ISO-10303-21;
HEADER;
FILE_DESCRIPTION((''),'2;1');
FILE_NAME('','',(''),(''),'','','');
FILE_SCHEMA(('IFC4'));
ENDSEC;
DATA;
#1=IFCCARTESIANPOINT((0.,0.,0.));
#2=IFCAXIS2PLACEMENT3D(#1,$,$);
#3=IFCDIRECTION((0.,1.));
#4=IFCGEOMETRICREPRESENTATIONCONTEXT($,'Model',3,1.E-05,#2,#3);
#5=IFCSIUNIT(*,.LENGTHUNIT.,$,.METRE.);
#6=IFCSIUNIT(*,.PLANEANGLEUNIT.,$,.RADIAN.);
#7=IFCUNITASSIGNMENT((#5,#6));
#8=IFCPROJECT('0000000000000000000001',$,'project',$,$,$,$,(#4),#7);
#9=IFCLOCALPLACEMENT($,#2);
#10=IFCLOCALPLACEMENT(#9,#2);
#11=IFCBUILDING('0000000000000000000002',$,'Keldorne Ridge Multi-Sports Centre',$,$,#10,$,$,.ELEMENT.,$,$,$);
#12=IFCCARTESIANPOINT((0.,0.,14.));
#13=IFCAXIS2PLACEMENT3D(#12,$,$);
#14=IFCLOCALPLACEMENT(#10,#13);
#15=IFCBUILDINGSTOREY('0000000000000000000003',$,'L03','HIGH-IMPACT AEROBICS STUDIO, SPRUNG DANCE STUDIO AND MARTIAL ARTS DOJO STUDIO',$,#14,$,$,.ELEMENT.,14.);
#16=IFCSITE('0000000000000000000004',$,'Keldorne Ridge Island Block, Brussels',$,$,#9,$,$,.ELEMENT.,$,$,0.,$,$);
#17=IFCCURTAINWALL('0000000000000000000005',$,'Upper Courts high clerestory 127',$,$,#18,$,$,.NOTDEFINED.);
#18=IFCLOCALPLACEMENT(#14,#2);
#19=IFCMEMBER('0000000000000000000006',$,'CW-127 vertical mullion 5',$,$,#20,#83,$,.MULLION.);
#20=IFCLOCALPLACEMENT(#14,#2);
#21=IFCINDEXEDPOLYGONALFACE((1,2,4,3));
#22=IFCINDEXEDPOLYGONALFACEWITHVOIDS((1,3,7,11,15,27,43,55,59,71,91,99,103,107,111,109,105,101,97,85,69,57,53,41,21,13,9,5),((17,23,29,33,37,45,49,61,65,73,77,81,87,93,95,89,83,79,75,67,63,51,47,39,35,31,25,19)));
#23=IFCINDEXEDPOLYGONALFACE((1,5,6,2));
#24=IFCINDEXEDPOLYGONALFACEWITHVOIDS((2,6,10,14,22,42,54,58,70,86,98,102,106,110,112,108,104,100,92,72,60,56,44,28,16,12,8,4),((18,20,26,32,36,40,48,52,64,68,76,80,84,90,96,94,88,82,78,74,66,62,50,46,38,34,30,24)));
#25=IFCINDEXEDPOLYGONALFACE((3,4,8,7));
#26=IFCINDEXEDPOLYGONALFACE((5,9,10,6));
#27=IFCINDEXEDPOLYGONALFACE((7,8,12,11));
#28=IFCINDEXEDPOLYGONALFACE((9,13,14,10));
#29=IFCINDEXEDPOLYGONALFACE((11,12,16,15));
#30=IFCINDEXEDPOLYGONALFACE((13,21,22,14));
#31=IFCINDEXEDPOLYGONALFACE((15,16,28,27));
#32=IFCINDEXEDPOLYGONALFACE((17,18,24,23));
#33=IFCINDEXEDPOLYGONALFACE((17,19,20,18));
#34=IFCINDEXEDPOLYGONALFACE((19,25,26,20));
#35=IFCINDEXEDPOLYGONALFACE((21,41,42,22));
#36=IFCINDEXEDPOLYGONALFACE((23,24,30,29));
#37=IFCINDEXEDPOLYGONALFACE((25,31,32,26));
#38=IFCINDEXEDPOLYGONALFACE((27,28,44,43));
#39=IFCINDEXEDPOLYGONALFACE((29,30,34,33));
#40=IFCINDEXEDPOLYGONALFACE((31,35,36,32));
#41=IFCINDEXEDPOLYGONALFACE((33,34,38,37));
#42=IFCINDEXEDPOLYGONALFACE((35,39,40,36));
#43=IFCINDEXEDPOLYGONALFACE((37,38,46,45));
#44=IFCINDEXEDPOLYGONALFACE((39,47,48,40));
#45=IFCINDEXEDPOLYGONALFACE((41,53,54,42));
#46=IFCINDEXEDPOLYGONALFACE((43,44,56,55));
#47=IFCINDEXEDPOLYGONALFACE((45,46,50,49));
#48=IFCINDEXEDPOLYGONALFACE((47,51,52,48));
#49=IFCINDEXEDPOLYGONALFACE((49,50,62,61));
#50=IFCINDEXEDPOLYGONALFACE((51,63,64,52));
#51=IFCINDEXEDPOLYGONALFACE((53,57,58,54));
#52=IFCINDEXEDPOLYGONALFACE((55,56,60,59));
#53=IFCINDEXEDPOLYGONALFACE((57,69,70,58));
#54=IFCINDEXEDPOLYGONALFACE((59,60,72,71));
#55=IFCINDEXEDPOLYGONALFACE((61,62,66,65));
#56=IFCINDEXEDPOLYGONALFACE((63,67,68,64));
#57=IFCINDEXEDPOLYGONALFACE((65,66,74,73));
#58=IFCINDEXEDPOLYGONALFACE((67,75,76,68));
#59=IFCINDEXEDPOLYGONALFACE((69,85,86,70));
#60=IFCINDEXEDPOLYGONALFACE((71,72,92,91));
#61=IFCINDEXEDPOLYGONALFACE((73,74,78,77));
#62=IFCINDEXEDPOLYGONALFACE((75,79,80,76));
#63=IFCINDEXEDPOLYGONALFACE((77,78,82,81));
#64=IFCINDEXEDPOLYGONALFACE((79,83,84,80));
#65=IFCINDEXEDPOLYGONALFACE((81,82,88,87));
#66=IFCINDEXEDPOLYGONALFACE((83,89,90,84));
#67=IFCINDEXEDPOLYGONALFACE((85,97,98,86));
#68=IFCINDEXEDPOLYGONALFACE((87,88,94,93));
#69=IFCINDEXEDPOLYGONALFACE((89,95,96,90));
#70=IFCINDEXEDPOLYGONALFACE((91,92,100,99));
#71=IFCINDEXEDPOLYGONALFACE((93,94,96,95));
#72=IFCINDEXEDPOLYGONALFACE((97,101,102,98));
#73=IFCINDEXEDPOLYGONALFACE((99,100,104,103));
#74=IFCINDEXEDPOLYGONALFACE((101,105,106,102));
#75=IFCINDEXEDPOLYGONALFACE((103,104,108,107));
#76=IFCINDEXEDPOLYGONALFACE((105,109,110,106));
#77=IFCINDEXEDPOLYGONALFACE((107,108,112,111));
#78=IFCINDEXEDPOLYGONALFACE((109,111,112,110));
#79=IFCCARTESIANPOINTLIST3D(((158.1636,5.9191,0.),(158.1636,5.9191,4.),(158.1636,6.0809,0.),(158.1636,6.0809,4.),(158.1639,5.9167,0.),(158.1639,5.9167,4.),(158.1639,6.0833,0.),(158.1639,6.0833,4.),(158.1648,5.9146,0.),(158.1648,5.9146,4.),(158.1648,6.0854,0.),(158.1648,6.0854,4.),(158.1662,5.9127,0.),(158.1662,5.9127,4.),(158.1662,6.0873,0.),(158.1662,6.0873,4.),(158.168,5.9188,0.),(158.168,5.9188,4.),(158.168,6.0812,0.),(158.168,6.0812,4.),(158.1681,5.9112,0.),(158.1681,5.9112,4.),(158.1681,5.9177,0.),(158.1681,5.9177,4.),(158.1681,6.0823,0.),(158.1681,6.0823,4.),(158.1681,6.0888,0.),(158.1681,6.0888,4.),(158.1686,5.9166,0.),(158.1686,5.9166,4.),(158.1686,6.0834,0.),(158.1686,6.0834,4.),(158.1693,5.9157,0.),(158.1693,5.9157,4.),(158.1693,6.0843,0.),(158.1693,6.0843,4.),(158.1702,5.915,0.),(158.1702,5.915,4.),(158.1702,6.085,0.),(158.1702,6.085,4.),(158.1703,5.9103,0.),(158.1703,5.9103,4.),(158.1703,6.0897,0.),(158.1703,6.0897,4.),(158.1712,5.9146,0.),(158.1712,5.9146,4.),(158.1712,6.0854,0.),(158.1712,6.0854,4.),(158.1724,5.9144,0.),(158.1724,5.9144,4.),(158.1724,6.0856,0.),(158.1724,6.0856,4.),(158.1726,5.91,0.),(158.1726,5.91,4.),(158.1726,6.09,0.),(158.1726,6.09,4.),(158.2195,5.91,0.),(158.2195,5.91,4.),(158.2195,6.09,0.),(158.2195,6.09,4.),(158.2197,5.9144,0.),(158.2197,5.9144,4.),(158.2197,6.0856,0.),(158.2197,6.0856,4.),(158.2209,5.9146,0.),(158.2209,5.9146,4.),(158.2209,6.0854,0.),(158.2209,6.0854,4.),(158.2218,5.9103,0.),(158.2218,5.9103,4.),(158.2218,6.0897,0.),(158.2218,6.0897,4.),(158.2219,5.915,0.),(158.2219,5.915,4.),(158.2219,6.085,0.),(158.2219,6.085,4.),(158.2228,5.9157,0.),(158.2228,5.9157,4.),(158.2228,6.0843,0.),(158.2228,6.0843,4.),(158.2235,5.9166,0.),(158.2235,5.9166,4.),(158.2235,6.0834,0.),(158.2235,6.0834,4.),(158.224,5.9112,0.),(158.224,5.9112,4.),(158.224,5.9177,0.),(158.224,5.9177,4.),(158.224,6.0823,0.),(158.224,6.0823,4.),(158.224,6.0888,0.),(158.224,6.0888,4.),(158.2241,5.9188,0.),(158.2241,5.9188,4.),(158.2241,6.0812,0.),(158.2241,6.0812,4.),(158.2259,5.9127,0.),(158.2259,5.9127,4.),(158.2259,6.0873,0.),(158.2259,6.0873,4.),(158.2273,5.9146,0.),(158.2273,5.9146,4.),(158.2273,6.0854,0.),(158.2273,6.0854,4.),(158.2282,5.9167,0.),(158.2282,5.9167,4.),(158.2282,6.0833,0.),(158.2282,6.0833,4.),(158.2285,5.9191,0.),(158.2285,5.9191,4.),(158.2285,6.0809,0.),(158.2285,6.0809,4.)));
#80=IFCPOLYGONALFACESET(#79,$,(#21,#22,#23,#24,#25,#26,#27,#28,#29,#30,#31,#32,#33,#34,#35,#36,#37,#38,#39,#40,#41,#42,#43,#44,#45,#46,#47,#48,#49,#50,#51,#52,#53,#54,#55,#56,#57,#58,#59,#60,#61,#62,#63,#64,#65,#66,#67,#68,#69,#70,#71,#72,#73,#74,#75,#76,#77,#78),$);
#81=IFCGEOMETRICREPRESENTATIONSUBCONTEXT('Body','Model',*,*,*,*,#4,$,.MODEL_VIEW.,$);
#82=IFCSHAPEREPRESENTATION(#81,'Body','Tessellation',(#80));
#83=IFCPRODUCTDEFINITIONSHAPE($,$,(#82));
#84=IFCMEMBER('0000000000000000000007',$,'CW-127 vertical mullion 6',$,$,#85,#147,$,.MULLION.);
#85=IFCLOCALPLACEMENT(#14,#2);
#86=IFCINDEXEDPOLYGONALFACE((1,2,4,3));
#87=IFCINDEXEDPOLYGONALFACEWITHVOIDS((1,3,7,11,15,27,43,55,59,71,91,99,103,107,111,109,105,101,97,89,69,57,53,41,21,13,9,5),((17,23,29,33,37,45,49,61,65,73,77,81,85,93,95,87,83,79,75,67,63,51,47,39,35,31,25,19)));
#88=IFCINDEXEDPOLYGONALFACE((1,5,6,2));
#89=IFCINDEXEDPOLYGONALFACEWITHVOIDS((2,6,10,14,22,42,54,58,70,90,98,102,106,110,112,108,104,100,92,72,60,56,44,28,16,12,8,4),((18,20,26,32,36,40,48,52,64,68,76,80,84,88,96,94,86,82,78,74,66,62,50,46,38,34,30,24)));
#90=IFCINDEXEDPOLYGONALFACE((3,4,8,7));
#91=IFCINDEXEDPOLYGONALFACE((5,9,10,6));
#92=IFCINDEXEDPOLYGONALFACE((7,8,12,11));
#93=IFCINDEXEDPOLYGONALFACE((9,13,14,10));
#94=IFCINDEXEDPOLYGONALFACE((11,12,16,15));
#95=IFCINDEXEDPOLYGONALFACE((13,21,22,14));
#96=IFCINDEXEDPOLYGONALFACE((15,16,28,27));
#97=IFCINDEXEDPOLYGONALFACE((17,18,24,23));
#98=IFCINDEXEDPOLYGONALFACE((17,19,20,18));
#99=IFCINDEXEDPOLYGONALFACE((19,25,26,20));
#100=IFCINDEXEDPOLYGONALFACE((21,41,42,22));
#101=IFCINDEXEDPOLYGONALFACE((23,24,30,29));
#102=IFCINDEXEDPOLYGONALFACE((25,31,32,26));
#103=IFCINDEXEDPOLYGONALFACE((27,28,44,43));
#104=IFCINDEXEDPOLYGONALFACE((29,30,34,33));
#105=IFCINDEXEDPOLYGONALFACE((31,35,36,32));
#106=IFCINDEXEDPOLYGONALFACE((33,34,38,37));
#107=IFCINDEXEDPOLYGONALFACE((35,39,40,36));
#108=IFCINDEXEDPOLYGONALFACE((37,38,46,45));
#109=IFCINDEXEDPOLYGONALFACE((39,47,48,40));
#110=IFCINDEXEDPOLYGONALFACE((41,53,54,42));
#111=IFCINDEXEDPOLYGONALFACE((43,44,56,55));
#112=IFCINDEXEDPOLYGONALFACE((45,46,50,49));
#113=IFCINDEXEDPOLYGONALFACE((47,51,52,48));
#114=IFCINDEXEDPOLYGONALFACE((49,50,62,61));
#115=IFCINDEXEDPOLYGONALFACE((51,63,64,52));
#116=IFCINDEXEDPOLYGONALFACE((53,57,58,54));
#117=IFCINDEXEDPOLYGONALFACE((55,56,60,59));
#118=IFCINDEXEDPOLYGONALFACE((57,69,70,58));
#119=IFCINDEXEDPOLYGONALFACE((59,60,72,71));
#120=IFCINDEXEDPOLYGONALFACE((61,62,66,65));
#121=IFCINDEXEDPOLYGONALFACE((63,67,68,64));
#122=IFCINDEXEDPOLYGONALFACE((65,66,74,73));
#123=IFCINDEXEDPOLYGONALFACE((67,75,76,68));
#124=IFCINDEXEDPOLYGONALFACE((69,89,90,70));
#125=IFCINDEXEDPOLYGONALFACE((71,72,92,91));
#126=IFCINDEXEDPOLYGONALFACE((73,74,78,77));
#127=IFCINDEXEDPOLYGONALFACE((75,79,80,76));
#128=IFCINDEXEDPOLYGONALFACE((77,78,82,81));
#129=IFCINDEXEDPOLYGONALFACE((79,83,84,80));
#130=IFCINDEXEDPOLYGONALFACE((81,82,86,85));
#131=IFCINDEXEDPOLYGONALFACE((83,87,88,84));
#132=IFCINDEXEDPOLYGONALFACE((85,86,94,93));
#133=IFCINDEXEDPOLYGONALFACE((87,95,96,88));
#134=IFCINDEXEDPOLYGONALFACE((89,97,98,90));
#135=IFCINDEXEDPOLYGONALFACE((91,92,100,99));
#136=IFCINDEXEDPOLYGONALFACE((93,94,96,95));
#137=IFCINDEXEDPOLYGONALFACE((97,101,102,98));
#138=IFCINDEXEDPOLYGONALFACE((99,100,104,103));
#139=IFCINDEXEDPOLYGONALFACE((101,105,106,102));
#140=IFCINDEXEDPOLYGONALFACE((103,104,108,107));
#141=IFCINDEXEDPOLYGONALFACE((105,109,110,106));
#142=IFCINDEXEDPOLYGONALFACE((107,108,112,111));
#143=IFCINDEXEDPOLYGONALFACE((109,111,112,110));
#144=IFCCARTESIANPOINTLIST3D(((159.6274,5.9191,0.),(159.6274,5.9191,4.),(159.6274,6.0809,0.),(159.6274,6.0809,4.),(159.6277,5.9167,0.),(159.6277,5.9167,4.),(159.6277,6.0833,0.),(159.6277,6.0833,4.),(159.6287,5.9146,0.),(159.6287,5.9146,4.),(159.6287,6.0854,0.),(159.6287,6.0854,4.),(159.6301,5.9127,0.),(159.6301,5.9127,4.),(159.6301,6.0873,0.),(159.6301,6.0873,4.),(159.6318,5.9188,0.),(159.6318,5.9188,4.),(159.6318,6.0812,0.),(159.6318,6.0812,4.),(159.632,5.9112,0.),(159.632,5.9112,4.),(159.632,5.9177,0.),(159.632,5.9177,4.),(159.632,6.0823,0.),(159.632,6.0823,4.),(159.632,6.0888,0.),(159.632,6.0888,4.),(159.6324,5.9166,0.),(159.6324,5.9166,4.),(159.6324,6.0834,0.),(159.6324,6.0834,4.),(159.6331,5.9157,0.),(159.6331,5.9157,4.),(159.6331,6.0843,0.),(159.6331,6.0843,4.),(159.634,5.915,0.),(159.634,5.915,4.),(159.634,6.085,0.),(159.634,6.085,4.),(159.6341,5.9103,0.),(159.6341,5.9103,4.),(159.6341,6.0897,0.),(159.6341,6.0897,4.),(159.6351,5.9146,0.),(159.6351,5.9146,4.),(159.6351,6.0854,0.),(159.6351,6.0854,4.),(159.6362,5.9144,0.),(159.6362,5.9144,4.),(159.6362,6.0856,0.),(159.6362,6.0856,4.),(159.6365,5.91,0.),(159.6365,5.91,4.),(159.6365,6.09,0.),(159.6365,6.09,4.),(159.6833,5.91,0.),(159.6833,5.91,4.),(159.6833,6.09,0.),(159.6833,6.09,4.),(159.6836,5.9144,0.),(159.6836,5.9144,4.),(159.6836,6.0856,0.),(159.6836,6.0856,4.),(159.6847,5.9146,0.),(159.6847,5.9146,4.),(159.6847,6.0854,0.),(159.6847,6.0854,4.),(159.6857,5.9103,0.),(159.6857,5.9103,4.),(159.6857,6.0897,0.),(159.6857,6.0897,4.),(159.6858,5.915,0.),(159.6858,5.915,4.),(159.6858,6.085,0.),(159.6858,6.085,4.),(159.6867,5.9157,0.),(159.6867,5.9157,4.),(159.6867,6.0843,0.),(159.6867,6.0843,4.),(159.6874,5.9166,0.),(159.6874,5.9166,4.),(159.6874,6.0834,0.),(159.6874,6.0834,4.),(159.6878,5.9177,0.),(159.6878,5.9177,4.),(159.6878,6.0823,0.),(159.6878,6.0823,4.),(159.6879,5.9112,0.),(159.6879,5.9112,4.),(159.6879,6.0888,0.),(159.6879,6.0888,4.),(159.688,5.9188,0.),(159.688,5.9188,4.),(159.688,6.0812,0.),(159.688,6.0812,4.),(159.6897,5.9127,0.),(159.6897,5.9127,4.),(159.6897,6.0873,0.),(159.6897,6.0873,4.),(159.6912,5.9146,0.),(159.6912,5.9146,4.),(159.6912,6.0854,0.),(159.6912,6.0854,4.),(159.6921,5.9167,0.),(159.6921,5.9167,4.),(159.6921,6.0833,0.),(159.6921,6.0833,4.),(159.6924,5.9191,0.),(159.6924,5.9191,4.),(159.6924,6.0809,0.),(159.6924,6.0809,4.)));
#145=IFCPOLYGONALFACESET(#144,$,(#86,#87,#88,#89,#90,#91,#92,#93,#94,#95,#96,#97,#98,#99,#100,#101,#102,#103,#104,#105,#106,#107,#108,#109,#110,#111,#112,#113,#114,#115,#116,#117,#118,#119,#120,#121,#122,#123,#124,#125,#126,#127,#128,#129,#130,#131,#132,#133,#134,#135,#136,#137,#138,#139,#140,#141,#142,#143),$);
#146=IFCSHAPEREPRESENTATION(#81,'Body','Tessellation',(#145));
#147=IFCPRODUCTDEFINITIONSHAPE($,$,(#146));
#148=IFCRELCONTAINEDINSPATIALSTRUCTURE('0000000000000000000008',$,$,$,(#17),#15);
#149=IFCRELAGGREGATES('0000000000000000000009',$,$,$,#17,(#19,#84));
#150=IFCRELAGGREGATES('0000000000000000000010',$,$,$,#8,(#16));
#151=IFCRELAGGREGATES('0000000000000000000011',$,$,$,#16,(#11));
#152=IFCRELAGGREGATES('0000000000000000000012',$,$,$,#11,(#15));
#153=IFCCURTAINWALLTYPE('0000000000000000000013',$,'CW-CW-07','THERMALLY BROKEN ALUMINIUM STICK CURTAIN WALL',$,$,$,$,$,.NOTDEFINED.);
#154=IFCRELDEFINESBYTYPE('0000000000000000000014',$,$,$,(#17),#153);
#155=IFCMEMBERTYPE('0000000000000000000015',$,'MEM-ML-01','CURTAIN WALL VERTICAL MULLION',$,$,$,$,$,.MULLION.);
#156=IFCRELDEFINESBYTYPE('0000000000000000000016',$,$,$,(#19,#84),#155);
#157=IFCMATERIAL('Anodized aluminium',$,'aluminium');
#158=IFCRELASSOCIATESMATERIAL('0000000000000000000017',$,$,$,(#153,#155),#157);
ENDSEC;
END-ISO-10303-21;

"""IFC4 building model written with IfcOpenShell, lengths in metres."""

from ifc_helpers import new_model, si_unit, direction, frame, origin, origin_2d, place, context, subcontext, project, spatial, hollow_rectangle, extrude, material, material_profile, profile_set, type_object, element, aggregate, save


model = new_model("IFC4")

# Units and contexts
model_context = context("Model", 3, precision=1e-05, world=origin(), true_north=direction((0.0, 1.0)))
body_context = subcontext(model_context, "Body", "Model", "MODEL_VIEW")
ifc_project = project(units=[si_unit("LENGTHUNIT", "METRE"), si_unit("PLANEANGLEUNIT", "RADIAN")], contexts=[model_context])

# Site, building, storey
site_placement = place(None, origin())
site = spatial("IfcSite", under=ifc_project, at=site_placement, Name="Keldorne Ridge Island Block, Brussels", CompositionType="ELEMENT", RefElevation=0.0)
building_placement = place(site_placement, origin())
building = spatial("IfcBuilding", under=site, at=building_placement, Name="Keldorne Ridge Multi-Sports Centre", CompositionType="ELEMENT")
storey_placement = place(building_placement, frame((0.0, 0.0, 14.0)))
storey = spatial("IfcBuildingStorey", under=building, at=storey_placement, Name="L03", Description="HIGH-IMPACT AEROBICS STUDIO, SPRUNG DANCE STUDIO AND MARTIAL ARTS DOJO STUDIO", CompositionType="ELEMENT", Elevation=14.0)

# Curtain wall, members
ifc_material_1 = material(Name="Anodized aluminium", Category="aluminium")
curtain_wall_type_1 = type_object("IfcCurtainWallType", Name="CW-CW-07", Description="THERMALLY BROKEN ALUMINIUM STICK CURTAIN WALL", PredefinedType="NOTDEFINED", material=ifc_material_1)
curtain_wall_1_placement = place(storey_placement, origin())
curtain_wall_1 = element("IfcCurtainWall", 1, at=curtain_wall_1_placement, inside=storey, type_object=curtain_wall_type_1, Name="Upper Courts high clerestory 127", PredefinedType="NOTDEFINED")
ifc_material_profile_1 = material_profile(ifc_material_1, hollow_rectangle(XDim=0.0649, YDim=0.1799, WallThickness=0.0044, InnerFilletRadius=0.0044, OuterFilletRadius=0.009, at=origin_2d()), Name="ALU MULLION 180x65x4.5")
ifc_profile_set_1 = profile_set([ifc_material_profile_1], Name="Anodized aluminium")
member_type_1 = type_object("IfcMemberType", Name="MEM-ML-01", Description="CURTAIN WALL VERTICAL MULLION", PredefinedType="MULLION", material=ifc_profile_set_1)
member_1_placement = place(storey_placement, frame((158.196, 6.0, 0.0), z_axis=(0.0, 0.0, 1.0), x_axis=(1.0, 0.0, 0.0)))
member_1 = element("IfcMember", 2, at=member_1_placement, type_object=member_type_1, Name="CW-127 vertical mullion 5", PredefinedType="MULLION", context=body_context, shape_type="SweptSolid", body=[
    extrude(hollow_rectangle(XDim=0.0649, YDim=0.1799, WallThickness=0.0044, InnerFilletRadius=0.0044, OuterFilletRadius=0.009, at=origin_2d()), origin(), (0.0, 0.0, 1.0), 4.0),
])
member_2_placement = place(storey_placement, frame((159.6599, 6.0, 0.0), z_axis=(0.0, 0.0, 1.0), x_axis=(1.0, 0.0, 0.0)))
member_2 = element("IfcMember", 3, at=member_2_placement, type_object=member_type_1, Name="CW-127 vertical mullion 6", PredefinedType="MULLION", context=body_context, shape_type="SweptSolid", body=[
    extrude(hollow_rectangle(XDim=0.0649, YDim=0.1799, WallThickness=0.0044, InnerFilletRadius=0.0044, OuterFilletRadius=0.009, at=origin_2d()), origin(), (0.0, 0.0, 1.0), 4.0),
])

aggregate(curtain_wall_1, [member_1, member_2])

save(model, "model.ifc")
